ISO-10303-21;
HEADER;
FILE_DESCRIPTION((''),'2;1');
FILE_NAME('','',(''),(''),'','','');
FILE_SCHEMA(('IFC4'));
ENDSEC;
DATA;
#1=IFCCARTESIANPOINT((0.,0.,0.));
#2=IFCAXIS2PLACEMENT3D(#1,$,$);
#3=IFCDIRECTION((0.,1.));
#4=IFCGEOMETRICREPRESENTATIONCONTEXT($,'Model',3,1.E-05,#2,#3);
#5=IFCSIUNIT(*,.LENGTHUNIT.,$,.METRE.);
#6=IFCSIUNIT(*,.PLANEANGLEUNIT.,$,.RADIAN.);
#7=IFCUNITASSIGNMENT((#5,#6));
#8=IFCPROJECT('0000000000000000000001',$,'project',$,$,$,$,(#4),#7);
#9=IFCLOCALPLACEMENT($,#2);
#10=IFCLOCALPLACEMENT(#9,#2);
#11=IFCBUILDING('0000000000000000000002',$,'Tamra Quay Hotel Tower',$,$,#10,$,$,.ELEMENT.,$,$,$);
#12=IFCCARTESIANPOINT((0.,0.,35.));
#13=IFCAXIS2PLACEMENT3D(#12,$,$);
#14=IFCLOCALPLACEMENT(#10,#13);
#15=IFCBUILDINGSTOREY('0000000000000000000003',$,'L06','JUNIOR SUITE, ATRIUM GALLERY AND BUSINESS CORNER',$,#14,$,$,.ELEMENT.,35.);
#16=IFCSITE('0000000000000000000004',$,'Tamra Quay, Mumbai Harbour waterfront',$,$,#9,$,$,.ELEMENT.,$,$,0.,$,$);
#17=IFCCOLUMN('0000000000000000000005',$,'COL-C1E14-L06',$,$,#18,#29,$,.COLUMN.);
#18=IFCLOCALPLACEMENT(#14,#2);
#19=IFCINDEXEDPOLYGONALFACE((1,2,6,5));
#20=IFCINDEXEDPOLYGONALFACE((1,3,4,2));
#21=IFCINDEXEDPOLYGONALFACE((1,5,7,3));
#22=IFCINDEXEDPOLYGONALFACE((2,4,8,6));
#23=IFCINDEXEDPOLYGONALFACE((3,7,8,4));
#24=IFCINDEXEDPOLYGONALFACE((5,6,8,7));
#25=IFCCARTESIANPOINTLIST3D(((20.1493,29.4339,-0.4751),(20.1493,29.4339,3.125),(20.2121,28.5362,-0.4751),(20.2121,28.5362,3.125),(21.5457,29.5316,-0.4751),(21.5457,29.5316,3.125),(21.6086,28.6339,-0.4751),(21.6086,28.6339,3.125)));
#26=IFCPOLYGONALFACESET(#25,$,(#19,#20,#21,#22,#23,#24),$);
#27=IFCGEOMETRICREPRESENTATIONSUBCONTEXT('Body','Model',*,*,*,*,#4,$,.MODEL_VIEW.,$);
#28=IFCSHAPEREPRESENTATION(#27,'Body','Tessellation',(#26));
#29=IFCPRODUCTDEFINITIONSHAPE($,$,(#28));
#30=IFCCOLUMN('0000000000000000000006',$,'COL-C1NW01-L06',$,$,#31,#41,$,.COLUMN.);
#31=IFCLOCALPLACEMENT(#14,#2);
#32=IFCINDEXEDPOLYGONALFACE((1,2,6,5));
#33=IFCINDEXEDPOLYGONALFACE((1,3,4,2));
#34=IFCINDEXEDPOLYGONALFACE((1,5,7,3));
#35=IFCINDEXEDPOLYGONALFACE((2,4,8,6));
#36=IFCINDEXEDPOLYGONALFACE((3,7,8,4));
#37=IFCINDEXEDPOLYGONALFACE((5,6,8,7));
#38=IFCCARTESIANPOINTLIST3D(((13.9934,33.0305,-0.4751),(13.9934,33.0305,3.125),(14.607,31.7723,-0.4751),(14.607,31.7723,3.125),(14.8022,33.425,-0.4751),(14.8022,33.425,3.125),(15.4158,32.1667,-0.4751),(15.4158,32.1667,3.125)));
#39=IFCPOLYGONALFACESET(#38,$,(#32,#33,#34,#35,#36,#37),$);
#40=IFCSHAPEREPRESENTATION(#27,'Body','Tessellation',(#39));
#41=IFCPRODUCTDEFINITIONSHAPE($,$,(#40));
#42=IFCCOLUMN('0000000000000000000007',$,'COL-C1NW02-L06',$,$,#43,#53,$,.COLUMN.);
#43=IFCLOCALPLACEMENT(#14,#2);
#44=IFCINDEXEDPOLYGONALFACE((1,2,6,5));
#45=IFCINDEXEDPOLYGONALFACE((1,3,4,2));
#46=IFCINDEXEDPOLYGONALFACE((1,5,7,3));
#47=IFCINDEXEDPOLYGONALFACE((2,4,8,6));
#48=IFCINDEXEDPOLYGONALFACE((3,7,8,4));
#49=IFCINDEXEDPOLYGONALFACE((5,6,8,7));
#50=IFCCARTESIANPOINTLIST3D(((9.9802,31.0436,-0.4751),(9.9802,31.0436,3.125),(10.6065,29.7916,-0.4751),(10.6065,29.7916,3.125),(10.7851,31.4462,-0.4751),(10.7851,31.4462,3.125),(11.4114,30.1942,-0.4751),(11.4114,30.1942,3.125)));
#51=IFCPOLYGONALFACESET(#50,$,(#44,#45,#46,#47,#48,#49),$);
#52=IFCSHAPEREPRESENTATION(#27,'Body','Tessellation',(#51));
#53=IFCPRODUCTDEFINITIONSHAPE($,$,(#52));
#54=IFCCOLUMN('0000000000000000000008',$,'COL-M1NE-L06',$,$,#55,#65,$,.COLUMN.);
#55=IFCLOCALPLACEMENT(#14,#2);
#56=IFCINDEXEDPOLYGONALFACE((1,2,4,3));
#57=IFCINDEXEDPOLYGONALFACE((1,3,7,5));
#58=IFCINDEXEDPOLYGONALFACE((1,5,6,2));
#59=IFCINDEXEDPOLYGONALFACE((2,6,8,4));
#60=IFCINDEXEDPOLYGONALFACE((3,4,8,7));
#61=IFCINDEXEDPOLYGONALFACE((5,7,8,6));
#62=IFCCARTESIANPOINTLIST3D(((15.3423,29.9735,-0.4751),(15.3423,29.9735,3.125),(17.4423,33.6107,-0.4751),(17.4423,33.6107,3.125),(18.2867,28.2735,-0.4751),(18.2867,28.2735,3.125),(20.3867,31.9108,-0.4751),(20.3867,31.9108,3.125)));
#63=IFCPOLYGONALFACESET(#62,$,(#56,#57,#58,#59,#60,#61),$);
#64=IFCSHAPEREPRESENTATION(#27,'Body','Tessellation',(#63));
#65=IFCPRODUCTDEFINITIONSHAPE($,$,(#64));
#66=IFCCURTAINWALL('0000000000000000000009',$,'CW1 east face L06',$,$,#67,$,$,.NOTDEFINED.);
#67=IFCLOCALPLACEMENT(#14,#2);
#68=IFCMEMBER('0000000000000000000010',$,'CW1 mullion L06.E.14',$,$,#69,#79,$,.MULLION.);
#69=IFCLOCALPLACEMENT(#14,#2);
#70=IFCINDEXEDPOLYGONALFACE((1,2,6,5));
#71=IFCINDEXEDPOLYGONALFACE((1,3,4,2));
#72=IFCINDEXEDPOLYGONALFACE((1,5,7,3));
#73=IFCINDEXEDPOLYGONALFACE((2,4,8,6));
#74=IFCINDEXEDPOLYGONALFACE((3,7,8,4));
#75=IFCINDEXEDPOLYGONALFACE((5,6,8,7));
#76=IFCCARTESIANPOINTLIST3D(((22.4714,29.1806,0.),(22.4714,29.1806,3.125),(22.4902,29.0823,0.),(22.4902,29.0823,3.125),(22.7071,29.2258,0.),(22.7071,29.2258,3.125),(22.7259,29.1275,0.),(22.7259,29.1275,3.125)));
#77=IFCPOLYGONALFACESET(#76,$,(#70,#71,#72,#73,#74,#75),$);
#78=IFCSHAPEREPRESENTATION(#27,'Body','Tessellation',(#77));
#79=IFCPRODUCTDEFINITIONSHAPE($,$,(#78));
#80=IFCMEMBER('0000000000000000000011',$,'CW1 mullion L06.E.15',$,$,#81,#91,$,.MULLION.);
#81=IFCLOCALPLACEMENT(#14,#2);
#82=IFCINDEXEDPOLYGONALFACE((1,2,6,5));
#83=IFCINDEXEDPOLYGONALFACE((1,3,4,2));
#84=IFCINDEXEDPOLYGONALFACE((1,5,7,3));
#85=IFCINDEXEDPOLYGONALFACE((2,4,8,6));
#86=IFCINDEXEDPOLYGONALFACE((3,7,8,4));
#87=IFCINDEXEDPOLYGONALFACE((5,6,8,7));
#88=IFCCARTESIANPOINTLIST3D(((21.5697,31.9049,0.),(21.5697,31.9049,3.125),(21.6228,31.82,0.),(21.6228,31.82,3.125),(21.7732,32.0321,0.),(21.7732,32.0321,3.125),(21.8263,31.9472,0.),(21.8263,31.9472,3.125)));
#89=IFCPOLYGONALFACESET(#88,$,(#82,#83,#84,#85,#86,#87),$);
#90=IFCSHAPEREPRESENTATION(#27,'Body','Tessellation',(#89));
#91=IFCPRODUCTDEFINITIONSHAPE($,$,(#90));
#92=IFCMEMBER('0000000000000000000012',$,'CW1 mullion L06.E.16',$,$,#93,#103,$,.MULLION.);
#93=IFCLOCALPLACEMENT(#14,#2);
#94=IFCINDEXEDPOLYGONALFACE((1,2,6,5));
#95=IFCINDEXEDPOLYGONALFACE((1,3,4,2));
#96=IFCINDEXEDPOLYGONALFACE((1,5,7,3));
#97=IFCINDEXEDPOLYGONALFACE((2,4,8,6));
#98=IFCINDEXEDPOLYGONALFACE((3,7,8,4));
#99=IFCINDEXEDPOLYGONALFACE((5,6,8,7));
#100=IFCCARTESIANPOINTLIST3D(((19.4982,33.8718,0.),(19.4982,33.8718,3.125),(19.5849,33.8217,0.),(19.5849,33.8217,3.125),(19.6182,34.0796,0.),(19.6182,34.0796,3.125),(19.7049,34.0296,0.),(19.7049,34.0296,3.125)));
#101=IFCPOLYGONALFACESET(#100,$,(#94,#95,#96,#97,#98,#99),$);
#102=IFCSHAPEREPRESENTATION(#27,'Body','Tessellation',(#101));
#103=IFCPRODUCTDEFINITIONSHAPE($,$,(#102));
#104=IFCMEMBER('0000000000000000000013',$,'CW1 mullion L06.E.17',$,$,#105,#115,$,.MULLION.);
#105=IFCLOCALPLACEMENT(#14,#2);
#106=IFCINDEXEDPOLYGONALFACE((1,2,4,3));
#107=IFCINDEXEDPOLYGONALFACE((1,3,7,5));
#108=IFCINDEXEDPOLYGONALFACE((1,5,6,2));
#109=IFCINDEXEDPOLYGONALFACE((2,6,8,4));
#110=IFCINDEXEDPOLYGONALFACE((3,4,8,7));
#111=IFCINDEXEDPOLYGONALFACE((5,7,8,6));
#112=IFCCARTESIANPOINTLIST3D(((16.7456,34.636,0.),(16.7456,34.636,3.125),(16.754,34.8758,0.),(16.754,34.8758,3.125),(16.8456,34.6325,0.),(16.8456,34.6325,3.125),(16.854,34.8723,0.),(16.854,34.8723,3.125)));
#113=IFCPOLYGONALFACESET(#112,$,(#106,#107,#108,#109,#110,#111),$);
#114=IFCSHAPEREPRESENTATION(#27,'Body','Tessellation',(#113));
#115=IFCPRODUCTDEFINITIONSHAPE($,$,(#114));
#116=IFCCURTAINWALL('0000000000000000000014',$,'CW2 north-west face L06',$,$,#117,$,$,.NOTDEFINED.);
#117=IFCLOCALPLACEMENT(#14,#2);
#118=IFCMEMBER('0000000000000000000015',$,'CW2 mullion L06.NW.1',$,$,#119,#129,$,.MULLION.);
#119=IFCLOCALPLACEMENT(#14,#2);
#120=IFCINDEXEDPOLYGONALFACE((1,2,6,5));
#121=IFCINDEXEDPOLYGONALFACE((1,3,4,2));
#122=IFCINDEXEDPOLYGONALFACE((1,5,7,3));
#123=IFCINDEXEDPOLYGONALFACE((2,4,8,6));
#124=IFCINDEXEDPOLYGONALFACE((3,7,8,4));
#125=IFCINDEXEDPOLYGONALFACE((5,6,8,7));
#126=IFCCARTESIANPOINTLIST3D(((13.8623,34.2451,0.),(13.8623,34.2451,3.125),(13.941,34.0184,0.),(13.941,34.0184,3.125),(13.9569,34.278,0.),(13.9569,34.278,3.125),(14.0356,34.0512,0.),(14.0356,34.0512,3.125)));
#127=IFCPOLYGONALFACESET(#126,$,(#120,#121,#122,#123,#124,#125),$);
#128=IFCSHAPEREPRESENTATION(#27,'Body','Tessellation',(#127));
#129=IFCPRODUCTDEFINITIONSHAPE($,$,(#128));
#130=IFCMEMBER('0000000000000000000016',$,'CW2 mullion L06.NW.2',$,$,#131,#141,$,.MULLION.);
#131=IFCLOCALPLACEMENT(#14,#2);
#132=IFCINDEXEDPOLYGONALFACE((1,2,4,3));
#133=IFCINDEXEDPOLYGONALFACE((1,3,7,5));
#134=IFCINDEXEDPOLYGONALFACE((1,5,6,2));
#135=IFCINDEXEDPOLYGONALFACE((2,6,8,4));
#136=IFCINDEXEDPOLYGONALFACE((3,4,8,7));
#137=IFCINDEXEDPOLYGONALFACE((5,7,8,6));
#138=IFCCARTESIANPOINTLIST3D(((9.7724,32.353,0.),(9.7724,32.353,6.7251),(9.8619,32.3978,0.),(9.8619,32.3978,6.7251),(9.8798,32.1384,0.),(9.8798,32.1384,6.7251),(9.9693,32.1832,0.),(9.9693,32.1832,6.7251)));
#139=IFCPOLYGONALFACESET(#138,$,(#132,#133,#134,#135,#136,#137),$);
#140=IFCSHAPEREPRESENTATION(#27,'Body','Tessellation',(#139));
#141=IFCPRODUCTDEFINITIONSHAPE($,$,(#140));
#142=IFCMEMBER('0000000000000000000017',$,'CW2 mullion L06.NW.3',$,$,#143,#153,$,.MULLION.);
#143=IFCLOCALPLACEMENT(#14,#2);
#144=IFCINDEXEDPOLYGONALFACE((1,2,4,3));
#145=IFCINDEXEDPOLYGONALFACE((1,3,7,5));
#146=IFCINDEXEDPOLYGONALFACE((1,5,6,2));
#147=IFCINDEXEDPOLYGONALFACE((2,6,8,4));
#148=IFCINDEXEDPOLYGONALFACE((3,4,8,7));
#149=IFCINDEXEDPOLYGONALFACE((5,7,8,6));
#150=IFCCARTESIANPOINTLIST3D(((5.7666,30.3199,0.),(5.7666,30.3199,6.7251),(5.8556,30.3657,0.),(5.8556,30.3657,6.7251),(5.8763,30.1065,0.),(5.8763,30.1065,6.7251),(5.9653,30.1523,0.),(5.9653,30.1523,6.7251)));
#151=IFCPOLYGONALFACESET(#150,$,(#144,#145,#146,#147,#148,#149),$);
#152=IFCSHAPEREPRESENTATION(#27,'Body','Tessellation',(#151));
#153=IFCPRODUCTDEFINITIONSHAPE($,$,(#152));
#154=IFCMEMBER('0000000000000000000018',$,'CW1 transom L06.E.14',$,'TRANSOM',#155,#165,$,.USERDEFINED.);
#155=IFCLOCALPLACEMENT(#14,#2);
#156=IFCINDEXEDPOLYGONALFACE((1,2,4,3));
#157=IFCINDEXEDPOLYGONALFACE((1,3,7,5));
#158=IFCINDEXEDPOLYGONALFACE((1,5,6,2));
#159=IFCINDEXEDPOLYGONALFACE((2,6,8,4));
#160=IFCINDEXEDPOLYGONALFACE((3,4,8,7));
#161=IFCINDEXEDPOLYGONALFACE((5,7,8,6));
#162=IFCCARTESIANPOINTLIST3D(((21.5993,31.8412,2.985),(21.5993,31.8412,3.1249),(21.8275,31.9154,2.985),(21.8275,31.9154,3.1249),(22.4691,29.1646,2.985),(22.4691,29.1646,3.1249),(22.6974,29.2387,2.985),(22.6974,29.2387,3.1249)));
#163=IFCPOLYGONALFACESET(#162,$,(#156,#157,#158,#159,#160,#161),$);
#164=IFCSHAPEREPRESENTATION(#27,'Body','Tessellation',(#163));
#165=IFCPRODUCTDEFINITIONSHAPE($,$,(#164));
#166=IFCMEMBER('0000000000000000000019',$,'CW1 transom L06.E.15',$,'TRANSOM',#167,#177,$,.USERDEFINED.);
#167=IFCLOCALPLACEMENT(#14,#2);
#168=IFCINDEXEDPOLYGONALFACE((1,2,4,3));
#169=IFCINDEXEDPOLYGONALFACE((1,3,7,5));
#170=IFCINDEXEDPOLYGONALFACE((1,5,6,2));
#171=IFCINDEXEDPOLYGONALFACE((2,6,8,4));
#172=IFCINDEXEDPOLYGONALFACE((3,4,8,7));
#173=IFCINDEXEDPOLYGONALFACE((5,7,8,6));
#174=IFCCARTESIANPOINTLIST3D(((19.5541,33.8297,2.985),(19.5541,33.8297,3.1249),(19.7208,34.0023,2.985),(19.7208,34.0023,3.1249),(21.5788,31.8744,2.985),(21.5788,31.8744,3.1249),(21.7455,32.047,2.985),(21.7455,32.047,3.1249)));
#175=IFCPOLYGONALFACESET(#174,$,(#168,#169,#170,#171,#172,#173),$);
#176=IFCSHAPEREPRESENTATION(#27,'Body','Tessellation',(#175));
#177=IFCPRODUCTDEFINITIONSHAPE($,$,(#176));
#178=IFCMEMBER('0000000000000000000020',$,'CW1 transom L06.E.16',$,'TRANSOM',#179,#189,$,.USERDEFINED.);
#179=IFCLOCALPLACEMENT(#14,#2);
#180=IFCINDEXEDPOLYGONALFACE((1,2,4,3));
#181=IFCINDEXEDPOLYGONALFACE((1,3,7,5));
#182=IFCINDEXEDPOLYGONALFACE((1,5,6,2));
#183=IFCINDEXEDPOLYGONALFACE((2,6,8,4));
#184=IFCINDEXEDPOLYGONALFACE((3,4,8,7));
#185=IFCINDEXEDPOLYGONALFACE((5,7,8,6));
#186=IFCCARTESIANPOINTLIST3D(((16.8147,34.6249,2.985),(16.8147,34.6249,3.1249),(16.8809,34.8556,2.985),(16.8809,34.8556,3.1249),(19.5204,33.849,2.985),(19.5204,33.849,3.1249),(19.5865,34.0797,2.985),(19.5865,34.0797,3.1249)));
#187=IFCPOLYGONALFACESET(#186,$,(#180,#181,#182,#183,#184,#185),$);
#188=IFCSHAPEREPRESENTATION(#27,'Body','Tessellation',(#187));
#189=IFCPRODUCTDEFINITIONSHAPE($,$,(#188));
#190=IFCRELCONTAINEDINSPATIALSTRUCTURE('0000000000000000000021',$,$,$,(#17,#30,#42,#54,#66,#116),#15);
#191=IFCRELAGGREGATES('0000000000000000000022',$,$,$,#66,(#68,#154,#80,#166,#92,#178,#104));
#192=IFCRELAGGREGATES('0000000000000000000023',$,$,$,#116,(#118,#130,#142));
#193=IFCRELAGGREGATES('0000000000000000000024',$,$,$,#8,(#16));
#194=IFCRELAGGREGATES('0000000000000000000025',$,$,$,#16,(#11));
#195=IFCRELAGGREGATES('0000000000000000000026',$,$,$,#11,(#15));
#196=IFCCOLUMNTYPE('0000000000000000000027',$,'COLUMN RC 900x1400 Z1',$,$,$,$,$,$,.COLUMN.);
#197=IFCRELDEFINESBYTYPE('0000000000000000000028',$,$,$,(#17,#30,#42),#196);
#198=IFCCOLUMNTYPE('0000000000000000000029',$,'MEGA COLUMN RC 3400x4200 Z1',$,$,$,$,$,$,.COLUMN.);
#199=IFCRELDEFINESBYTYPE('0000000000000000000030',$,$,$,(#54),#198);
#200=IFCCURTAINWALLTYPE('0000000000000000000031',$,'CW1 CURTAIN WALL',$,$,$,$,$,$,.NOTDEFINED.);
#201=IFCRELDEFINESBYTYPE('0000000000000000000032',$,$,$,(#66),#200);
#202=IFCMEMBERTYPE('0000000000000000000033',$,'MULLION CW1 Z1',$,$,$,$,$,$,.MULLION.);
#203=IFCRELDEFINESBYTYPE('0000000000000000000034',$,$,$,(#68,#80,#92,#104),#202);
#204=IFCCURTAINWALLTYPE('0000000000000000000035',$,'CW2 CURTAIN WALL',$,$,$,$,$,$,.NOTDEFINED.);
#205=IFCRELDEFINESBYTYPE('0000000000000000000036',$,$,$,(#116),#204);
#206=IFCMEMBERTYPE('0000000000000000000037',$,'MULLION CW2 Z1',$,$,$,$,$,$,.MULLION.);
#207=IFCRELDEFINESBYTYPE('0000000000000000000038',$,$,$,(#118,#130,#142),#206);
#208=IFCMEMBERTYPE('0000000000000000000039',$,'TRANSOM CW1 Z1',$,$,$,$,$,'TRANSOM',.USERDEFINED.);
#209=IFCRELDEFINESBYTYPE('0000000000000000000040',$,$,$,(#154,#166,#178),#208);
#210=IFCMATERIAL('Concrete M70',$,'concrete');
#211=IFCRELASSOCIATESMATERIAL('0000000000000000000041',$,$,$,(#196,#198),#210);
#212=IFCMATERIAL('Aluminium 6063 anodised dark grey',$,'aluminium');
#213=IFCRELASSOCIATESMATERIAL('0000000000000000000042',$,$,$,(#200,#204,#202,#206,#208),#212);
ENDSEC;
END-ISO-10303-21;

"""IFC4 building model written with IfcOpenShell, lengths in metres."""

from ifc_helpers import new_model, si_unit, direction, frame, origin, origin_2d, place, context, subcontext, project, spatial, rectangle, extrude, material, material_profile, profile_set, type_object, element, aggregate, save


model = new_model("IFC4")

# Units and contexts
model_context = context("Model", 3, precision=1e-05, world=origin(), true_north=direction((0.0, 1.0)))
body_context = subcontext(model_context, "Body", "Model", "MODEL_VIEW")
ifc_project = project(units=[si_unit("LENGTHUNIT", "METRE"), si_unit("PLANEANGLEUNIT", "RADIAN")], contexts=[model_context])

# Site, building, storey
site_placement = place(None, origin())
site = spatial("IfcSite", under=ifc_project, at=site_placement, Name="Tamra Quay, Mumbai Harbour waterfront", CompositionType="ELEMENT", RefElevation=0.0)
building_placement = place(site_placement, origin())
building = spatial("IfcBuilding", under=site, at=building_placement, Name="Tamra Quay Hotel Tower", CompositionType="ELEMENT")
storey_placement = place(building_placement, frame((0.0, 0.0, 35.0)))
storey = spatial("IfcBuildingStorey", under=building, at=storey_placement, Name="L06", Description="JUNIOR SUITE, ATRIUM GALLERY AND BUSINESS CORNER", CompositionType="ELEMENT", Elevation=35.0)

# Columns
ifc_material_1 = material(Name="Concrete M70", Category="concrete")
ifc_material_profile_1 = material_profile(ifc_material_1, rectangle(XDim=1.3999, YDim=0.8999, at=origin_2d()), Name="COLUMN RC 900x1400 Z1")
ifc_profile_set_1 = profile_set([ifc_material_profile_1], Name="Concrete M70")
column_type_1 = type_object("IfcColumnType", Name="COLUMN RC 900x1400 Z1", PredefinedType="COLUMN", material=ifc_profile_set_1)
for number, where, z_axis, x_axis, name in (
    (1, (20.8789, 29.0339, -0.4751), (0.0, 0.0, 1.0), (0.997562, 0.06979, 0.0), "COL-C1E14-L06"),
    (2, (14.7046, 32.5986, -0.4751), (0.0, 0.0, 1.0), (-0.438341, 0.898809, 0.0), "COL-C1NW01-L06"),
    (3, (10.6958, 30.6189, -0.4751), (0.0, 0.0, 1.0), (-0.447377, 0.894346, 0.0), "COL-C1NW02-L06"),
):
    element("IfcColumn", number, at=place(storey_placement, frame(where, z_axis=z_axis, x_axis=x_axis)), inside=storey, type_object=column_type_1, Name=name, PredefinedType="COLUMN", context=body_context, shape_type="SweptSolid", body=[
        extrude(rectangle(XDim=1.3999, YDim=0.8999, at=origin_2d()), origin(), (0.0, 0.0, 1.0), 3.6001),
    ])
ifc_material_profile_2 = material_profile(ifc_material_1, rectangle(XDim=4.2, YDim=3.3999, at=origin_2d()), Name="MEGA COLUMN RC 3400x4200 Z1")
ifc_profile_set_2 = profile_set([ifc_material_profile_2], Name="Concrete M70")
column_type_2 = type_object("IfcColumnType", Name="MEGA COLUMN RC 3400x4200 Z1", PredefinedType="COLUMN", material=ifc_profile_set_2)
column_placement = place(storey_placement, frame((17.8645, 30.9421, -0.4751), z_axis=(0.0, 0.0, 1.0), x_axis=(0.5, 0.866025, 0.0)))
element("IfcColumn", 4, at=column_placement, inside=storey, type_object=column_type_2, Name="COL-M1NE-L06", PredefinedType="COLUMN", context=body_context, shape_type="SweptSolid", body=[
    extrude(rectangle(XDim=4.2, YDim=3.3999, at=origin_2d()), origin(), (0.0, 0.0, 1.0), 3.6001),
])

# Curtain walls, members
ifc_material_2 = material(Name="Aluminium 6063 anodised dark grey", Category="aluminium")
curtain_wall_type_1 = type_object("IfcCurtainWallType", Name="CW1 CURTAIN WALL", PredefinedType="NOTDEFINED", material=ifc_material_2)
curtain_wall_1_placement = place(storey_placement, origin())
curtain_wall_1 = element("IfcCurtainWall", 5, at=curtain_wall_1_placement, inside=storey, type_object=curtain_wall_type_1, Name="CW1 east face L06", PredefinedType="NOTDEFINED")
ifc_material_profile_3 = material_profile(ifc_material_2, rectangle(XDim=0.24, YDim=0.1001, at=origin_2d()), Name="MULLION 100X240")
ifc_profile_set_3 = profile_set([ifc_material_profile_3], Name="Aluminium 6063 anodised dark grey")
member_type_1 = type_object("IfcMemberType", Name="MULLION CW1 Z1", PredefinedType="MULLION", material=ifc_profile_set_3)
member_1_placement = place(storey_placement, frame((22.5986, 29.1541, 0.0), z_axis=(0.0, 0.0, 1.0), x_axis=(0.982095, 0.188389, 0.0)))
member_1 = element("IfcMember", 6, at=member_1_placement, type_object=member_type_1, Name="CW1 mullion L06.E.14", PredefinedType="MULLION", context=body_context, shape_type="SweptSolid", body=[
    extrude(rectangle(XDim=0.24, YDim=0.1001, at=origin_2d()), origin(), (0.0, 0.0, 1.0), 3.125),
])
member_2_placement = place(storey_placement, frame((21.698, 31.926, 0.0), z_axis=(0.0, 0.0, 1.0), x_axis=(0.848039, 0.529933, 0.0)))
member_2 = element("IfcMember", 7, at=member_2_placement, type_object=member_type_1, Name="CW1 mullion L06.E.15", PredefinedType="MULLION", context=body_context, shape_type="SweptSolid", body=[
    extrude(rectangle(XDim=0.24, YDim=0.1001, at=origin_2d()), origin(), (0.0, 0.0, 1.0), 3.125),
])
member_3_placement = place(storey_placement, frame((19.6016, 33.9507, 0.0), z_axis=(0.0, 0.0, 1.0), x_axis=(0.5, 0.866025, 0.0)))
member_3 = element("IfcMember", 8, at=member_3_placement, type_object=member_type_1, Name="CW1 mullion L06.E.16", PredefinedType="MULLION", context=body_context, shape_type="SweptSolid", body=[
    extrude(rectangle(XDim=0.24, YDim=0.1001, at=origin_2d()), origin(), (0.0, 0.0, 1.0), 3.125),
])
member_4_placement = place(storey_placement, frame((16.7998, 34.7542, 0.0), z_axis=(0.0, 0.0, 1.0), x_axis=(0.034916, 0.99939, 0.0)))
member_4 = element("IfcMember", 9, at=member_4_placement, type_object=member_type_1, Name="CW1 mullion L06.E.17", PredefinedType="MULLION", context=body_context, shape_type="SweptSolid", body=[
    extrude(rectangle(XDim=0.24, YDim=0.1001, at=origin_2d()), origin(), (0.0, 0.0, 1.0), 3.125),
])
curtain_wall_type_2 = type_object("IfcCurtainWallType", Name="CW2 CURTAIN WALL", PredefinedType="NOTDEFINED", material=ifc_material_2)
curtain_wall_2_placement = place(storey_placement, origin())
curtain_wall_2 = element("IfcCurtainWall", 10, at=curtain_wall_2_placement, inside=storey, type_object=curtain_wall_type_2, Name="CW2 north-west face L06", PredefinedType="NOTDEFINED")
ifc_material_profile_4 = material_profile(ifc_material_2, rectangle(XDim=0.24, YDim=0.1001, at=origin_2d()), Name="MULLION 100X240")
ifc_profile_set_4 = profile_set([ifc_material_profile_4], Name="Aluminium 6063 anodised dark grey")
member_type_2 = type_object("IfcMemberType", Name="MULLION CW2 Z1", PredefinedType="MULLION", material=ifc_profile_set_4)
member_5_placement = place(storey_placement, frame((13.949, 34.1482, 0.0), z_axis=(0.0, 0.0, 1.0), x_axis=(-0.327898, 0.944713, 0.0)))
member_5 = element("IfcMember", 11, at=member_5_placement, type_object=member_type_2, Name="CW2 mullion L06.NW.1", PredefinedType="MULLION", context=body_context, shape_type="SweptSolid", body=[
    extrude(rectangle(XDim=0.24, YDim=0.1001, at=origin_2d()), origin(), (0.0, 0.0, 1.0), 3.125),
])
member_6_placement = place(storey_placement, frame((9.8708, 32.2681, 0.0), z_axis=(0.0, 0.0, 1.0), x_axis=(-0.447641, 0.894214, 0.0)))
member_6 = element("IfcMember", 12, at=member_6_placement, type_object=member_type_2, Name="CW2 mullion L06.NW.2", PredefinedType="MULLION", context=body_context, shape_type="SweptSolid", body=[
    extrude(rectangle(XDim=0.24, YDim=0.1001, at=origin_2d()), origin(), (0.0, 0.0, 1.0), 6.7251),
])
member_7_placement = place(storey_placement, frame((5.866, 30.2361, 0.0), z_axis=(0.0, 0.0, 1.0), x_axis=(-0.457254, 0.889336, 0.0)))
member_7 = element("IfcMember", 13, at=member_7_placement, type_object=member_type_2, Name="CW2 mullion L06.NW.3", PredefinedType="MULLION", context=body_context, shape_type="SweptSolid", body=[
    extrude(rectangle(XDim=0.24, YDim=0.1001, at=origin_2d()), origin(), (0.0, 0.0, 1.0), 6.7251),
])

# Members
ifc_material_profile_5 = material_profile(ifc_material_2, rectangle(XDim=0.24, YDim=0.1399, at=origin_2d()), Name="TRANSOM 240X140")
ifc_profile_set_5 = profile_set([ifc_material_profile_5], Name="Aluminium 6063 anodised dark grey")
member_type_3 = type_object("IfcMemberType", Name="TRANSOM CW1 Z1", ElementType="TRANSOM", PredefinedType="USERDEFINED", material=ifc_profile_set_5)
member_8_placement = place(storey_placement, frame((22.5833, 29.2017, 3.0549), z_axis=(-0.309063, 0.951042, 0.0), x_axis=(-0.951042, -0.309063, 0.0)))
member_8 = element("IfcMember", 14, at=member_8_placement, type_object=member_type_3, Name="CW1 transom L06.E.14", ObjectType="TRANSOM", PredefinedType="USERDEFINED", context=body_context, shape_type="SweptSolid", body=[
    extrude(rectangle(XDim=0.24, YDim=0.1399, at=origin_2d()), origin(), (0.0, 0.0, 1.0), 2.8145),
])
member_9_placement = place(storey_placement, frame((21.6621, 31.9607, 3.0549), z_axis=(-0.719316, 0.694683, 0.0), x_axis=(-0.694683, -0.719316, 0.0)))
member_9 = element("IfcMember", 15, at=member_9_placement, type_object=member_type_3, Name="CW1 transom L06.E.15", ObjectType="TRANSOM", PredefinedType="USERDEFINED", context=body_context, shape_type="SweptSolid", body=[
    extrude(rectangle(XDim=0.24, YDim=0.1399, at=origin_2d()), origin(), (0.0, 0.0, 1.0), 2.8147),
])
member_10_placement = place(storey_placement, frame((19.5535, 33.9644, 3.0549), z_axis=(-0.961255, 0.27566, 0.0), x_axis=(-0.27566, -0.961255, 0.0)))
member_10 = element("IfcMember", 16, at=member_10_placement, type_object=member_type_3, Name="CW1 transom L06.E.16", ObjectType="TRANSOM", PredefinedType="USERDEFINED", context=body_context, shape_type="SweptSolid", body=[
    extrude(rectangle(XDim=0.24, YDim=0.1399, at=origin_2d()), origin(), (0.0, 0.0, 1.0), 2.8147),
])

aggregate(curtain_wall_1, [member_1, member_8, member_2, member_9, member_3, member_10, member_4])
aggregate(curtain_wall_2, [member_5, member_6, member_7])

save(model, "model.ifc")
